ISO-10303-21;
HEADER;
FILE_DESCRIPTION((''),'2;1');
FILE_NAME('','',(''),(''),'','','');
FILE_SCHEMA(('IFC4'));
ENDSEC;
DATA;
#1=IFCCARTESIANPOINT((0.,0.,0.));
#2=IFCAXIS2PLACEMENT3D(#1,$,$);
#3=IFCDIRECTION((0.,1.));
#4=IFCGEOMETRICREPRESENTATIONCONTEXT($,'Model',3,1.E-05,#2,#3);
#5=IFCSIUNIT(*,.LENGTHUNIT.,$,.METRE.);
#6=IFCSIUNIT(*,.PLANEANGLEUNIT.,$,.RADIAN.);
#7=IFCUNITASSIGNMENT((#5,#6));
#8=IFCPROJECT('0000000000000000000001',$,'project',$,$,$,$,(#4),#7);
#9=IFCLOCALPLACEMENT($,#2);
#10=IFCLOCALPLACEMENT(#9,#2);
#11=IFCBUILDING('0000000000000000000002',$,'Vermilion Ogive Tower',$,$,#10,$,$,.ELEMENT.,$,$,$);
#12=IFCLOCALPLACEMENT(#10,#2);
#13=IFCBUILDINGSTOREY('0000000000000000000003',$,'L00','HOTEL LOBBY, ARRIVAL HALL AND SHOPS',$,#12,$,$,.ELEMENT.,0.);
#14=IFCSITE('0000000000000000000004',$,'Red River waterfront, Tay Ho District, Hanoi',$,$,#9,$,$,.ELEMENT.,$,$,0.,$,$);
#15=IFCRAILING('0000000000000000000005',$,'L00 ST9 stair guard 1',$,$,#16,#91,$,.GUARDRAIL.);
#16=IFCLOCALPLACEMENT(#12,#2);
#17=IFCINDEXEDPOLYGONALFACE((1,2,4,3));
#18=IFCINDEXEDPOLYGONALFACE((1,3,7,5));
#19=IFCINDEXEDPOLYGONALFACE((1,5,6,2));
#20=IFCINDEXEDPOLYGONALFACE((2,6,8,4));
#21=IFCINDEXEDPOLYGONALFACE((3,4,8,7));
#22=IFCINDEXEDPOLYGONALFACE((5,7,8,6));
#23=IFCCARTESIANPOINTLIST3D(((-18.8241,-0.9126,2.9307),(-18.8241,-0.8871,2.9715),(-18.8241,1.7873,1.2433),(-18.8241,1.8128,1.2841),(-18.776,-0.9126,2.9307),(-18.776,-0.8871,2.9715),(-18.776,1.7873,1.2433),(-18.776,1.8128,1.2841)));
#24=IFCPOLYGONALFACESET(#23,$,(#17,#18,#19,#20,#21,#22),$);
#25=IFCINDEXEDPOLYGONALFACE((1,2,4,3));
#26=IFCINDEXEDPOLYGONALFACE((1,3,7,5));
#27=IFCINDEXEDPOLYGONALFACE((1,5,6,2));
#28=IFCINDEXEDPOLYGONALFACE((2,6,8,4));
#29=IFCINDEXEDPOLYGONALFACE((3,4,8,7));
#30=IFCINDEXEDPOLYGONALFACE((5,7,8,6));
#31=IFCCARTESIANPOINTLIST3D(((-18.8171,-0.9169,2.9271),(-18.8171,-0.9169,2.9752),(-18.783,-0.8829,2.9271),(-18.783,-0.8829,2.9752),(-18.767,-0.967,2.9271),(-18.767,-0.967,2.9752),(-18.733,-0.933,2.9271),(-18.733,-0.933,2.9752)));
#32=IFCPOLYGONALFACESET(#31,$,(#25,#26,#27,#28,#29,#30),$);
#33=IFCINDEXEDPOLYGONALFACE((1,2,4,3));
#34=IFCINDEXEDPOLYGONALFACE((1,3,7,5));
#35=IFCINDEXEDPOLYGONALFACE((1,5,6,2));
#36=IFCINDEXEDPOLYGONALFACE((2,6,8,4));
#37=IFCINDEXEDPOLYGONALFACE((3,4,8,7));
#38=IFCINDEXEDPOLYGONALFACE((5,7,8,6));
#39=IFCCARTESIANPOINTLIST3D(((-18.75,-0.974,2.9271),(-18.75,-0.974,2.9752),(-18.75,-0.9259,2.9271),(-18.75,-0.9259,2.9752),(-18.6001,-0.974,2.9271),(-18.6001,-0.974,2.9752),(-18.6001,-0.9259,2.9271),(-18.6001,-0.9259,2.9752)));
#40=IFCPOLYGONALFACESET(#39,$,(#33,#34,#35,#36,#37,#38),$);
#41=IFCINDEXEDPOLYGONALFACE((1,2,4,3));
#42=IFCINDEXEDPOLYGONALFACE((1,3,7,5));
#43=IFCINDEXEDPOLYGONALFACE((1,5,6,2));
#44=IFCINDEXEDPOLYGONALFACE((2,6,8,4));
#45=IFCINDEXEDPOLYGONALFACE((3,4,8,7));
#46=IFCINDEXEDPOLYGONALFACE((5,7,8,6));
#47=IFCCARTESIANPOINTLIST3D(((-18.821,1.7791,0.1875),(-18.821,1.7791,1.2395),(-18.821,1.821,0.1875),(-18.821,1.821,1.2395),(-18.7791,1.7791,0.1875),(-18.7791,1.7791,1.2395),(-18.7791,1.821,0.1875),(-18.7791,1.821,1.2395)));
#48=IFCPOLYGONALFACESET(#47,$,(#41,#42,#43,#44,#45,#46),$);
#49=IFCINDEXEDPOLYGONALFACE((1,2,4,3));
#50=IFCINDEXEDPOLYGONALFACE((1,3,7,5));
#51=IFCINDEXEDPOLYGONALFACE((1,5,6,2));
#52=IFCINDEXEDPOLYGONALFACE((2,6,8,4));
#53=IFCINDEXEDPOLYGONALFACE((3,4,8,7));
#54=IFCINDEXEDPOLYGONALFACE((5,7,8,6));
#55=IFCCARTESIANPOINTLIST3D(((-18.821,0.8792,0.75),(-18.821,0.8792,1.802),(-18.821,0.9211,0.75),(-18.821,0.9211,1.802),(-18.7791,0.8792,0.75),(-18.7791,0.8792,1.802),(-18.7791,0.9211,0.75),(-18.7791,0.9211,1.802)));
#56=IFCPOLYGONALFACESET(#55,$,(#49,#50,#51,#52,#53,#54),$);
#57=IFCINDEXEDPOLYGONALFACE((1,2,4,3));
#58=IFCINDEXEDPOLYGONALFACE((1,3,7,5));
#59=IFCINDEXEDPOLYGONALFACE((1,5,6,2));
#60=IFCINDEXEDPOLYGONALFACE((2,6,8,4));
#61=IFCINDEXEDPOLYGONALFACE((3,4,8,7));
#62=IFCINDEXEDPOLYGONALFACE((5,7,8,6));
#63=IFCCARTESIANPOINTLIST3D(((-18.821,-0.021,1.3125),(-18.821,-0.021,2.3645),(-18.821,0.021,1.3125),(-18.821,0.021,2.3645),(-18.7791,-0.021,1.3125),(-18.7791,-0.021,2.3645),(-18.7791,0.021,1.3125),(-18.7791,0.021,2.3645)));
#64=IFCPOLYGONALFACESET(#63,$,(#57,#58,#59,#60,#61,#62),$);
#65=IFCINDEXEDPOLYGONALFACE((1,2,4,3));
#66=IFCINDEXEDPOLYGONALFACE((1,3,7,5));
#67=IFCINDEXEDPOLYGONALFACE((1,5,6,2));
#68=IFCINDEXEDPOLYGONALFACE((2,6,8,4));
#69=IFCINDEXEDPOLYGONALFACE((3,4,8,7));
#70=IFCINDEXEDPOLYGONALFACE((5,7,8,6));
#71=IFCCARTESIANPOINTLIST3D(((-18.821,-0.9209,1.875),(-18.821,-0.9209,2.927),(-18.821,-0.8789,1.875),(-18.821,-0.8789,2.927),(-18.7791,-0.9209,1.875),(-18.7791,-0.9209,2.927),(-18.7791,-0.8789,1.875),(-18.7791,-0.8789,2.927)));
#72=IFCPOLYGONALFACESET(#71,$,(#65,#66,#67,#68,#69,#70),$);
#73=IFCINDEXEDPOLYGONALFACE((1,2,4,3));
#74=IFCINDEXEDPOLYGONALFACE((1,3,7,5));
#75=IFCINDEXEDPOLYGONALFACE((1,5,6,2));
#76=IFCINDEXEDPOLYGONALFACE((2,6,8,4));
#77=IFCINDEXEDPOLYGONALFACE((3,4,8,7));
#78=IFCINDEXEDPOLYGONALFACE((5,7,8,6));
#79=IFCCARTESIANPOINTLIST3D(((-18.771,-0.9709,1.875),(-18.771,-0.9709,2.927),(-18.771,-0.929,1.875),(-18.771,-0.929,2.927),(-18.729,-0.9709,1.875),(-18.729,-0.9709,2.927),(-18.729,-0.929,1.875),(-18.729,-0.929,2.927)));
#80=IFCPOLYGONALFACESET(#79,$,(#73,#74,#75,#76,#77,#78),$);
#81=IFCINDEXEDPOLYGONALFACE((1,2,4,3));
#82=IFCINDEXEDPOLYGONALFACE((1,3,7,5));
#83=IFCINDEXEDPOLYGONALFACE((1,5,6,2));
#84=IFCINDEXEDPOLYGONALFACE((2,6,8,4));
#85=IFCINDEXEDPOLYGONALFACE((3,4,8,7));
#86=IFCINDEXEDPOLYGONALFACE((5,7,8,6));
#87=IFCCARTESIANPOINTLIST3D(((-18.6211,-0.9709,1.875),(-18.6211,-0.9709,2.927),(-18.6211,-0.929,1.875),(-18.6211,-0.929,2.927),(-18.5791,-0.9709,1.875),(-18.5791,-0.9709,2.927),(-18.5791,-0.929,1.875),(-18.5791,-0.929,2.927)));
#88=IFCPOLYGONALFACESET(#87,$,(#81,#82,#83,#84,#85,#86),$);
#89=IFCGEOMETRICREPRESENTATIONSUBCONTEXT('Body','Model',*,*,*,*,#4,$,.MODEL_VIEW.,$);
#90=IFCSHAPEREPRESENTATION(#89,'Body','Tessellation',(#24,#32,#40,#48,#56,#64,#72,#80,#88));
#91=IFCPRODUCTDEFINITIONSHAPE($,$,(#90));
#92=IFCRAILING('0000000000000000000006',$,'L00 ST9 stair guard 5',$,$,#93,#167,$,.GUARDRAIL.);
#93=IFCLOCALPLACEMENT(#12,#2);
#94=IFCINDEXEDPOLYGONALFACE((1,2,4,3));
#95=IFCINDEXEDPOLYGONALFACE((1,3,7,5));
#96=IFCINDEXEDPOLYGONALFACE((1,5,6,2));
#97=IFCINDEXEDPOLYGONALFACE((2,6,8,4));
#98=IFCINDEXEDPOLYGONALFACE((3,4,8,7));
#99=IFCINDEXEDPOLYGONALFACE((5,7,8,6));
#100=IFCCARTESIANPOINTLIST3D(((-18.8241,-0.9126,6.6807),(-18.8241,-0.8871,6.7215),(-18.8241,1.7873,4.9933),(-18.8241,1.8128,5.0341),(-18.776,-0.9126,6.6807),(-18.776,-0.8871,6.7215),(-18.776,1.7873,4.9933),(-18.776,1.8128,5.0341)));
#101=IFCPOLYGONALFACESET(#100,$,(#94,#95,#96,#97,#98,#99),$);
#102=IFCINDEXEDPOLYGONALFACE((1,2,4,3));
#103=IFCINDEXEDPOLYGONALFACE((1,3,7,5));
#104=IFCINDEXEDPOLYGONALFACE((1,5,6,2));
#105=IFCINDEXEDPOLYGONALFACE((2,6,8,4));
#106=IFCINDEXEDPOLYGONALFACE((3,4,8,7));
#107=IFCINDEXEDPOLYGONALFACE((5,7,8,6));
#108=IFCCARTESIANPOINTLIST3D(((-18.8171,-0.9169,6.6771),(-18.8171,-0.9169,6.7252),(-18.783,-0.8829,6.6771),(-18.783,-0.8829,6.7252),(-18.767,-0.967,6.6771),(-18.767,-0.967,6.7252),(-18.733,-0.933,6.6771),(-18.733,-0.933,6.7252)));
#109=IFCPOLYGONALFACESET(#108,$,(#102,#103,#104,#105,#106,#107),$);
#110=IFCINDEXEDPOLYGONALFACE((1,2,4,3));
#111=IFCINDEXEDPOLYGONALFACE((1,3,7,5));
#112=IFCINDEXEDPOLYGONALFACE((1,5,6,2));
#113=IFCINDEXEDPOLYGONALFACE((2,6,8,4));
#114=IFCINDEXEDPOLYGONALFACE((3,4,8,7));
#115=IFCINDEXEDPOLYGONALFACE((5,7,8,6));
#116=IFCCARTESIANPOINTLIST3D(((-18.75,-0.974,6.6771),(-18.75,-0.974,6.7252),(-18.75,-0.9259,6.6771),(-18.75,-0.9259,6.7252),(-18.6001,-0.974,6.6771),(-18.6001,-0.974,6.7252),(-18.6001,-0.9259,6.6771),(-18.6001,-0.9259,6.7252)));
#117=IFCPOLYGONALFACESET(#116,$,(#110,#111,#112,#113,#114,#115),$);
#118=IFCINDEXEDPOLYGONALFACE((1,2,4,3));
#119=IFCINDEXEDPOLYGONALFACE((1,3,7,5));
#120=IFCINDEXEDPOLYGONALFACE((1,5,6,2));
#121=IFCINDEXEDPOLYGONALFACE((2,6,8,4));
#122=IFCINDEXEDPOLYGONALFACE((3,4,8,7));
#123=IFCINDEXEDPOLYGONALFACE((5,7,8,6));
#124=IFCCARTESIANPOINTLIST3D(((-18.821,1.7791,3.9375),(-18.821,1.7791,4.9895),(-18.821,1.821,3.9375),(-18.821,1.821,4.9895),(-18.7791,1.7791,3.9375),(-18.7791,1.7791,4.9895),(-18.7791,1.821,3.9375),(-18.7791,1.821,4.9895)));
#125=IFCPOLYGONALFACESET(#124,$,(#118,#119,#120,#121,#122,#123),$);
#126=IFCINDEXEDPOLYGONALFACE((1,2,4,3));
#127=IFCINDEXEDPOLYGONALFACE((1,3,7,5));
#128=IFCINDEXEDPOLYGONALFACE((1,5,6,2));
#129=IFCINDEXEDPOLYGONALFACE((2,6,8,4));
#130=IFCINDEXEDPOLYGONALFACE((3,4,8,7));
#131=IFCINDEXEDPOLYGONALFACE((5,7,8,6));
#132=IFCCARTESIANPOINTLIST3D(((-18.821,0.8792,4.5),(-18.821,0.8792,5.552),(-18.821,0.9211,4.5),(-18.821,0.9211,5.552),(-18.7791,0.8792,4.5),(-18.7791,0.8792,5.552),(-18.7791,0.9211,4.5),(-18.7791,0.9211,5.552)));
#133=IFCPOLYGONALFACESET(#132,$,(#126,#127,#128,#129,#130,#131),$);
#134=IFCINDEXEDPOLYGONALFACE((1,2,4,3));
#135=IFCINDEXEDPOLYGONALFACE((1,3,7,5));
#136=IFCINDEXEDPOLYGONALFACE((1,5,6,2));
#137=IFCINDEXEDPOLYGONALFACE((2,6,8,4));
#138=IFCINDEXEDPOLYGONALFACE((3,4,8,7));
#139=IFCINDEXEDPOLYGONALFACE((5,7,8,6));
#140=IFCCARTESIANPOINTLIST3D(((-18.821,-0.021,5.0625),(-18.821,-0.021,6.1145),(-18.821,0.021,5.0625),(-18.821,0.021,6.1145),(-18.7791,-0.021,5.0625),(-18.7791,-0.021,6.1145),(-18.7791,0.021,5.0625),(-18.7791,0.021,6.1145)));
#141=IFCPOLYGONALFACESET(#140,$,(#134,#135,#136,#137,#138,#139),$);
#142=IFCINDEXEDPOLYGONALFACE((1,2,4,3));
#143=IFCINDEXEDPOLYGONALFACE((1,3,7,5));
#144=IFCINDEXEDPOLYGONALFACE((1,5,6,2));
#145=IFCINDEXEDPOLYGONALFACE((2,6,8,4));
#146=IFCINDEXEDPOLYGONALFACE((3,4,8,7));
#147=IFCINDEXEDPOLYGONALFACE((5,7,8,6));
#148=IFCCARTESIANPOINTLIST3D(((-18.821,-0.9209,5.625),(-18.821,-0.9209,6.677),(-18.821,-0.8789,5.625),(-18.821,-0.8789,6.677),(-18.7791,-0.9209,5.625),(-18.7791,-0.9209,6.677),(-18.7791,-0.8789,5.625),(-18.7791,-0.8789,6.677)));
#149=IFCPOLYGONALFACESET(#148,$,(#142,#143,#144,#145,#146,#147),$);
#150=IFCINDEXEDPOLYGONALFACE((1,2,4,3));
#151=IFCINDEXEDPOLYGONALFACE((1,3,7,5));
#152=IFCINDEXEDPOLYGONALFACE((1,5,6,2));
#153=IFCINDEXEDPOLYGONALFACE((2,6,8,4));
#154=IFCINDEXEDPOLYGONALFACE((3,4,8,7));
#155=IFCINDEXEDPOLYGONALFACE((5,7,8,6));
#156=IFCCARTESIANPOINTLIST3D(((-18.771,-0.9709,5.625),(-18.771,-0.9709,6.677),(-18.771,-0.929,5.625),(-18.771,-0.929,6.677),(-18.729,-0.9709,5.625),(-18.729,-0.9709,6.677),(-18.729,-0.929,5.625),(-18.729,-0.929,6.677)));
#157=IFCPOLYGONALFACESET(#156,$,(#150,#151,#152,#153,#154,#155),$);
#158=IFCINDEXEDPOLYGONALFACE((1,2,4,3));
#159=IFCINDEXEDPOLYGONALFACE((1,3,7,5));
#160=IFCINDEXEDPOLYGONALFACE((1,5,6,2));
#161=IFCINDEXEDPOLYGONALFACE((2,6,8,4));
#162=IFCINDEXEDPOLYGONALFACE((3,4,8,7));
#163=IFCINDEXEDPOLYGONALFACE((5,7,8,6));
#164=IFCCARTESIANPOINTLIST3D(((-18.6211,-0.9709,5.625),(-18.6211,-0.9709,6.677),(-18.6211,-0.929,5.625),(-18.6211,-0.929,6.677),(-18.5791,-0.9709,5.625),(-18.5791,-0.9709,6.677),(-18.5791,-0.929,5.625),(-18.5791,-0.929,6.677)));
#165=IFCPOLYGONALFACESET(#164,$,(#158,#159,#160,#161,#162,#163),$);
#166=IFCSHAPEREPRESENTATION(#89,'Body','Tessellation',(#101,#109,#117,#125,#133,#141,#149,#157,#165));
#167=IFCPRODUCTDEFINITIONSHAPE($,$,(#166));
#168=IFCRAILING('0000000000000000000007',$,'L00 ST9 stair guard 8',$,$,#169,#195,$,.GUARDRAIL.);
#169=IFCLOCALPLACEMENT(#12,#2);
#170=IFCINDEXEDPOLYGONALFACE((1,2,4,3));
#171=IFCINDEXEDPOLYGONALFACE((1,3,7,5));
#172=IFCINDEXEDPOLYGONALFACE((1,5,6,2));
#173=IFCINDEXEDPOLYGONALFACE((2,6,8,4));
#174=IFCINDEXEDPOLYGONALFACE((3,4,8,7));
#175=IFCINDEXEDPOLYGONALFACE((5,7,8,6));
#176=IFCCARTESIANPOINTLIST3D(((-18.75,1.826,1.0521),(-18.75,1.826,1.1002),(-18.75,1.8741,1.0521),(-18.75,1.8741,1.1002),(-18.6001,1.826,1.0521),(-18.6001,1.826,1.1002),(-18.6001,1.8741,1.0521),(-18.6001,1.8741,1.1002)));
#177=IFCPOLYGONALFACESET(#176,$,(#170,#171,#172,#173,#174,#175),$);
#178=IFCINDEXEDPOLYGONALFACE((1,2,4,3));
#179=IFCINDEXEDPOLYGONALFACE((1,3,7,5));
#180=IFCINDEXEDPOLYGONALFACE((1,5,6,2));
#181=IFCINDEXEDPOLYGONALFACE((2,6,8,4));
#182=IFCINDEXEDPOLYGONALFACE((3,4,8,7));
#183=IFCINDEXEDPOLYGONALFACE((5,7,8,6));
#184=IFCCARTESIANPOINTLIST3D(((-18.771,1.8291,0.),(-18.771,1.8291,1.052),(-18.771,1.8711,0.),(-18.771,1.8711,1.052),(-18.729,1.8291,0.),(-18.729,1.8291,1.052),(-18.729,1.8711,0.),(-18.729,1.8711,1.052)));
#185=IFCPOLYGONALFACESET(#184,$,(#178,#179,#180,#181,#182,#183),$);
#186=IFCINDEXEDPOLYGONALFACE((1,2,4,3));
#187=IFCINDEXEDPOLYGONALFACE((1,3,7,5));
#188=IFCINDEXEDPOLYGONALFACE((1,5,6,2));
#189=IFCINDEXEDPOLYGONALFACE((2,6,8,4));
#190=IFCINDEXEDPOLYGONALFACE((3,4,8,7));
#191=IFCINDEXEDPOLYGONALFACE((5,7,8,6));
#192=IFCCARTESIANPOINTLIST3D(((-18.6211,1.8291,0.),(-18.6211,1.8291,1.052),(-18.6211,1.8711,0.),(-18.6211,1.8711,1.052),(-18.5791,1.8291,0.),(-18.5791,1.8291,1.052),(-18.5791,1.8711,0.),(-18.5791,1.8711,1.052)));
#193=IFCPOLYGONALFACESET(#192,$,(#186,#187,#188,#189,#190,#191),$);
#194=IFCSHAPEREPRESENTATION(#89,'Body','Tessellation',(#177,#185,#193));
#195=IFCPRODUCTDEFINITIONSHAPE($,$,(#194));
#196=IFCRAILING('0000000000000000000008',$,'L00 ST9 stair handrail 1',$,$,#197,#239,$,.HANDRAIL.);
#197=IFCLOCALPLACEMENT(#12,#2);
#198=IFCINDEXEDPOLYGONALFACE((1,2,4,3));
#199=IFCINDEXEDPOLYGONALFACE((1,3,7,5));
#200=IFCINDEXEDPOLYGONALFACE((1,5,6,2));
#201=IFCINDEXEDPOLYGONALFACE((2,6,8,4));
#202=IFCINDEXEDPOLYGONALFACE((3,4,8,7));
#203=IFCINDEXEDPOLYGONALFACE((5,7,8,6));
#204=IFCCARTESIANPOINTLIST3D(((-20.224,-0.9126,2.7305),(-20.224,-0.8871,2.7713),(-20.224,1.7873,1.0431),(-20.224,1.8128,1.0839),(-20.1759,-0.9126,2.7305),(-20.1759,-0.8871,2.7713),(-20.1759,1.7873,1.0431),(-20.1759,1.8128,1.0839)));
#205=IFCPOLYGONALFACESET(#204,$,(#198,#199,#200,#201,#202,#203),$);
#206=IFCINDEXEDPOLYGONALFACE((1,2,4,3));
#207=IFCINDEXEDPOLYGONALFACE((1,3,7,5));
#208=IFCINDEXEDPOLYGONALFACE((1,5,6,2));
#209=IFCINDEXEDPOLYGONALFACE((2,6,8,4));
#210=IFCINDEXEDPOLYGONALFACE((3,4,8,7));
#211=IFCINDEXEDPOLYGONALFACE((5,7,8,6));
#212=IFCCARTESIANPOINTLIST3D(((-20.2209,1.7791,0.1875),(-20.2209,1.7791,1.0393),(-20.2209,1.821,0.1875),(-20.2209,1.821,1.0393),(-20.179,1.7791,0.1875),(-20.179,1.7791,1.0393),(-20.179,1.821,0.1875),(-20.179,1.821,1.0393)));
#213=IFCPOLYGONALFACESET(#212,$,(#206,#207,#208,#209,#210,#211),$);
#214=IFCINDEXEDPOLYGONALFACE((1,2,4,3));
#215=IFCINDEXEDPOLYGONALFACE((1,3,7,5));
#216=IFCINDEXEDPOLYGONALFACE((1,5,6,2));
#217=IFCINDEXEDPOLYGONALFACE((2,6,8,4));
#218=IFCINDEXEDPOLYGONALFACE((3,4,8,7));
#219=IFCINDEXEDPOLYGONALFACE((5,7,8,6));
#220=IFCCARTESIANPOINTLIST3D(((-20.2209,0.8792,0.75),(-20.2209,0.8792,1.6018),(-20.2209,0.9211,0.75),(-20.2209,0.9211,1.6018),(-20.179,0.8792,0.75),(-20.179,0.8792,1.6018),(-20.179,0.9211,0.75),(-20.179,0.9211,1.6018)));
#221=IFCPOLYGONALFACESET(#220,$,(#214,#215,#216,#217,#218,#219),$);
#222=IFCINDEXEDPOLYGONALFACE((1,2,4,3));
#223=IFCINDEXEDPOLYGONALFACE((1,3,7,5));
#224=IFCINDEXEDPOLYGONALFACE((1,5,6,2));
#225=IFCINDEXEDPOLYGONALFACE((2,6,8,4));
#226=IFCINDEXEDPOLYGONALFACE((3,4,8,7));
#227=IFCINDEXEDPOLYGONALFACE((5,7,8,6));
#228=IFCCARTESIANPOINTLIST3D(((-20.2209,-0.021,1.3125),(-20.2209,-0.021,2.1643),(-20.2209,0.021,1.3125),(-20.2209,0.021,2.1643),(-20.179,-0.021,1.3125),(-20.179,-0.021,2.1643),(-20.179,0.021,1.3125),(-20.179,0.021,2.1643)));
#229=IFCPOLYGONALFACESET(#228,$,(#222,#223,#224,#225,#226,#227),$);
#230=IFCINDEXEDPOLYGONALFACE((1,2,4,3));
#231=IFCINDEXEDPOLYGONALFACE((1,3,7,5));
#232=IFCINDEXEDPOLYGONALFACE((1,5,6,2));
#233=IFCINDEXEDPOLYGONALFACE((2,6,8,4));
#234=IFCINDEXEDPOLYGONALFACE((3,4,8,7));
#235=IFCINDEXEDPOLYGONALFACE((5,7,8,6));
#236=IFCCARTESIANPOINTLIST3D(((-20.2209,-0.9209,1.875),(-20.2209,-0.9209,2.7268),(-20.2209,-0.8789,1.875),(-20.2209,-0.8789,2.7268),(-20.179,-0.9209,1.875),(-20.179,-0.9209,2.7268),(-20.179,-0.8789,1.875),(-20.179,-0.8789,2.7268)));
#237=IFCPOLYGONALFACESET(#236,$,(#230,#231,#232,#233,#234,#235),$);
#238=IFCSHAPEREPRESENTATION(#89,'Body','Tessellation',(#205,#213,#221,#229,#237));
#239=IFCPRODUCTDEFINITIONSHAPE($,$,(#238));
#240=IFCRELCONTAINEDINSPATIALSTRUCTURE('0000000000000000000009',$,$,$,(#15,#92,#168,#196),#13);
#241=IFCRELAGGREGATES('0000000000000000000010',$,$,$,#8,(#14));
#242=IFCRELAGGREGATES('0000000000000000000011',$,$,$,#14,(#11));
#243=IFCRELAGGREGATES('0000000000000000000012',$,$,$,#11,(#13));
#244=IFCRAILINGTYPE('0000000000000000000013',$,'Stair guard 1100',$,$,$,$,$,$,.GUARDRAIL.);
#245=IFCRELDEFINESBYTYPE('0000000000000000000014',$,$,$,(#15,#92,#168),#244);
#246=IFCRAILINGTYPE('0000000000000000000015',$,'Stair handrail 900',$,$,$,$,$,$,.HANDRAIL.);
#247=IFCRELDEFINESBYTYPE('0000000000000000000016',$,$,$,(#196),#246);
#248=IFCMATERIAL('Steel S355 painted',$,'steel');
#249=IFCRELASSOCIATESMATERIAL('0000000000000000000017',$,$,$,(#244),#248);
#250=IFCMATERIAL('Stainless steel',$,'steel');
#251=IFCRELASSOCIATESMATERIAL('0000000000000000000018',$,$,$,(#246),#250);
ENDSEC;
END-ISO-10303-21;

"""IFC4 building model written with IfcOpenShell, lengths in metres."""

from ifc_helpers import new_model, si_unit, direction, frame, origin, origin_2d, place, context, subcontext, project, spatial, rectangle, extrude, material, type_object, element, save


model = new_model("IFC4")

# Units and contexts
model_context = context("Model", 3, precision=1e-05, world=origin(), true_north=direction((0.0, 1.0)))
body_context = subcontext(model_context, "Body", "Model", "MODEL_VIEW")
ifc_project = project(units=[si_unit("LENGTHUNIT", "METRE"), si_unit("PLANEANGLEUNIT", "RADIAN")], contexts=[model_context])

# Site, building, storey
site_placement = place(None, origin())
site = spatial("IfcSite", under=ifc_project, at=site_placement, Name="Red River waterfront, Tay Ho District, Hanoi", CompositionType="ELEMENT", RefElevation=0.0)
building_placement = place(site_placement, origin())
building = spatial("IfcBuilding", under=site, at=building_placement, Name="Vermilion Ogive Tower", CompositionType="ELEMENT")
storey_placement = place(building_placement, origin())
storey = spatial("IfcBuildingStorey", under=building, at=storey_placement, Name="L00", Description="HOTEL LOBBY, ARRIVAL HALL AND SHOPS", CompositionType="ELEMENT", Elevation=0.0)

# Railings
ifc_material_1 = material(Name="Steel S355 painted", Category="steel")
railing_type_1 = type_object("IfcRailingType", Name="Stair guard 1100", PredefinedType="GUARDRAIL", material=ifc_material_1)
for number, where, name in (
    (1, (-18.8, 1.8, 0.1875), "L00 ST9 stair guard 1"),
    (2, (-18.8, 1.8, 3.9375), "L00 ST9 stair guard 5"),
):
    element("IfcRailing", number, at=place(storey_placement, frame(where)), inside=storey, type_object=railing_type_1, Name=name, PredefinedType="GUARDRAIL", context=body_context, shape_type="SweptSolid", body=[
        extrude(rectangle(XDim=0.0481, YDim=0.0481, at=origin_2d()), frame((0.0, 0.0, 1.0762), z_axis=(0.0, -0.847994, 0.530006), x_axis=(1.0, 0.0, 0.0)), (0.0, 0.0, 1.0), 3.1838),
        extrude(rectangle(XDim=0.0481, YDim=0.0481, at=origin_2d()), frame((0.0, -2.7, 2.7637), z_axis=(0.707107, -0.707107, 0.0), x_axis=(0.707107, 0.707107, 0.0)), (0.0, 0.0, 1.0), 0.0708),
        extrude(rectangle(XDim=0.0481, YDim=0.0481, at=origin_2d()), frame((0.05, -2.75, 2.7637), z_axis=(1.0, 0.0, 0.0), x_axis=(0.0, 1.0, 0.0)), (0.0, 0.0, 1.0), 0.1499),
        extrude(rectangle(XDim=0.042, YDim=0.042, at=origin_2d()), origin(), (0.0, 0.0, 1.0), 1.052),
        extrude(rectangle(XDim=0.042, YDim=0.042, at=origin_2d()), frame((0.0, -0.8999, 0.5625)), (0.0, 0.0, 1.0), 1.052),
        extrude(rectangle(XDim=0.042, YDim=0.042, at=origin_2d()), frame((0.0, -1.8, 1.125)), (0.0, 0.0, 1.0), 1.052),
        extrude(rectangle(XDim=0.042, YDim=0.042, at=origin_2d()), frame((0.0, -2.7, 1.6875)), (0.0, 0.0, 1.0), 1.052),
        extrude(rectangle(XDim=0.042, YDim=0.042, at=origin_2d()), frame((0.05, -2.75, 1.6875)), (0.0, 0.0, 1.0), 1.052),
        extrude(rectangle(XDim=0.042, YDim=0.042, at=origin_2d()), frame((0.2, -2.75, 1.6875)), (0.0, 0.0, 1.0), 1.052),
    ])
railing_placement = place(storey_placement, frame((-18.75, 1.8501, 0.0)))
element("IfcRailing", 3, at=railing_placement, inside=storey, type_object=railing_type_1, Name="L00 ST9 stair guard 8", PredefinedType="GUARDRAIL", context=body_context, shape_type="SweptSolid", body=[
    extrude(rectangle(XDim=0.0481, YDim=0.0481, at=origin_2d()), frame((0.0, 0.0, 1.0762), z_axis=(1.0, 0.0, 0.0), x_axis=(0.0, 1.0, 0.0)), (0.0, 0.0, 1.0), 0.1499),
    extrude(rectangle(XDim=0.042, YDim=0.042, at=origin_2d()), origin(), (0.0, 0.0, 1.0), 1.052),
    extrude(rectangle(XDim=0.042, YDim=0.042, at=origin_2d()), frame((0.1499, 0.0, 0.0)), (0.0, 0.0, 1.0), 1.052),
])
ifc_material_2 = material(Name="Stainless steel", Category="steel")
railing_type_2 = type_object("IfcRailingType", Name="Stair handrail 900", PredefinedType="HANDRAIL", material=ifc_material_2)
for number, where, name in (
    (4, (-20.2, 1.8, 0.1875), "L00 ST9 stair handrail 1"),
):
    element("IfcRailing", number, at=place(storey_placement, frame(where)), inside=storey, type_object=railing_type_2, Name=name, PredefinedType="HANDRAIL", context=body_context, shape_type="SweptSolid", body=[
        extrude(rectangle(XDim=0.0481, YDim=0.0481, at=origin_2d()), frame((0.0, 0.0, 0.876), z_axis=(0.0, -0.847994, 0.530006), x_axis=(1.0, 0.0, 0.0)), (0.0, 0.0, 1.0), 3.1838),
        extrude(rectangle(XDim=0.042, YDim=0.042, at=origin_2d()), origin(), (0.0, 0.0, 1.0), 0.8518),
        extrude(rectangle(XDim=0.042, YDim=0.042, at=origin_2d()), frame((0.0, -0.8999, 0.5625)), (0.0, 0.0, 1.0), 0.8518),
        extrude(rectangle(XDim=0.042, YDim=0.042, at=origin_2d()), frame((0.0, -1.8, 1.125)), (0.0, 0.0, 1.0), 0.8518),
        extrude(rectangle(XDim=0.042, YDim=0.042, at=origin_2d()), frame((0.0, -2.7, 1.6875)), (0.0, 0.0, 1.0), 0.8518),
    ])

save(model, "model.ifc")
